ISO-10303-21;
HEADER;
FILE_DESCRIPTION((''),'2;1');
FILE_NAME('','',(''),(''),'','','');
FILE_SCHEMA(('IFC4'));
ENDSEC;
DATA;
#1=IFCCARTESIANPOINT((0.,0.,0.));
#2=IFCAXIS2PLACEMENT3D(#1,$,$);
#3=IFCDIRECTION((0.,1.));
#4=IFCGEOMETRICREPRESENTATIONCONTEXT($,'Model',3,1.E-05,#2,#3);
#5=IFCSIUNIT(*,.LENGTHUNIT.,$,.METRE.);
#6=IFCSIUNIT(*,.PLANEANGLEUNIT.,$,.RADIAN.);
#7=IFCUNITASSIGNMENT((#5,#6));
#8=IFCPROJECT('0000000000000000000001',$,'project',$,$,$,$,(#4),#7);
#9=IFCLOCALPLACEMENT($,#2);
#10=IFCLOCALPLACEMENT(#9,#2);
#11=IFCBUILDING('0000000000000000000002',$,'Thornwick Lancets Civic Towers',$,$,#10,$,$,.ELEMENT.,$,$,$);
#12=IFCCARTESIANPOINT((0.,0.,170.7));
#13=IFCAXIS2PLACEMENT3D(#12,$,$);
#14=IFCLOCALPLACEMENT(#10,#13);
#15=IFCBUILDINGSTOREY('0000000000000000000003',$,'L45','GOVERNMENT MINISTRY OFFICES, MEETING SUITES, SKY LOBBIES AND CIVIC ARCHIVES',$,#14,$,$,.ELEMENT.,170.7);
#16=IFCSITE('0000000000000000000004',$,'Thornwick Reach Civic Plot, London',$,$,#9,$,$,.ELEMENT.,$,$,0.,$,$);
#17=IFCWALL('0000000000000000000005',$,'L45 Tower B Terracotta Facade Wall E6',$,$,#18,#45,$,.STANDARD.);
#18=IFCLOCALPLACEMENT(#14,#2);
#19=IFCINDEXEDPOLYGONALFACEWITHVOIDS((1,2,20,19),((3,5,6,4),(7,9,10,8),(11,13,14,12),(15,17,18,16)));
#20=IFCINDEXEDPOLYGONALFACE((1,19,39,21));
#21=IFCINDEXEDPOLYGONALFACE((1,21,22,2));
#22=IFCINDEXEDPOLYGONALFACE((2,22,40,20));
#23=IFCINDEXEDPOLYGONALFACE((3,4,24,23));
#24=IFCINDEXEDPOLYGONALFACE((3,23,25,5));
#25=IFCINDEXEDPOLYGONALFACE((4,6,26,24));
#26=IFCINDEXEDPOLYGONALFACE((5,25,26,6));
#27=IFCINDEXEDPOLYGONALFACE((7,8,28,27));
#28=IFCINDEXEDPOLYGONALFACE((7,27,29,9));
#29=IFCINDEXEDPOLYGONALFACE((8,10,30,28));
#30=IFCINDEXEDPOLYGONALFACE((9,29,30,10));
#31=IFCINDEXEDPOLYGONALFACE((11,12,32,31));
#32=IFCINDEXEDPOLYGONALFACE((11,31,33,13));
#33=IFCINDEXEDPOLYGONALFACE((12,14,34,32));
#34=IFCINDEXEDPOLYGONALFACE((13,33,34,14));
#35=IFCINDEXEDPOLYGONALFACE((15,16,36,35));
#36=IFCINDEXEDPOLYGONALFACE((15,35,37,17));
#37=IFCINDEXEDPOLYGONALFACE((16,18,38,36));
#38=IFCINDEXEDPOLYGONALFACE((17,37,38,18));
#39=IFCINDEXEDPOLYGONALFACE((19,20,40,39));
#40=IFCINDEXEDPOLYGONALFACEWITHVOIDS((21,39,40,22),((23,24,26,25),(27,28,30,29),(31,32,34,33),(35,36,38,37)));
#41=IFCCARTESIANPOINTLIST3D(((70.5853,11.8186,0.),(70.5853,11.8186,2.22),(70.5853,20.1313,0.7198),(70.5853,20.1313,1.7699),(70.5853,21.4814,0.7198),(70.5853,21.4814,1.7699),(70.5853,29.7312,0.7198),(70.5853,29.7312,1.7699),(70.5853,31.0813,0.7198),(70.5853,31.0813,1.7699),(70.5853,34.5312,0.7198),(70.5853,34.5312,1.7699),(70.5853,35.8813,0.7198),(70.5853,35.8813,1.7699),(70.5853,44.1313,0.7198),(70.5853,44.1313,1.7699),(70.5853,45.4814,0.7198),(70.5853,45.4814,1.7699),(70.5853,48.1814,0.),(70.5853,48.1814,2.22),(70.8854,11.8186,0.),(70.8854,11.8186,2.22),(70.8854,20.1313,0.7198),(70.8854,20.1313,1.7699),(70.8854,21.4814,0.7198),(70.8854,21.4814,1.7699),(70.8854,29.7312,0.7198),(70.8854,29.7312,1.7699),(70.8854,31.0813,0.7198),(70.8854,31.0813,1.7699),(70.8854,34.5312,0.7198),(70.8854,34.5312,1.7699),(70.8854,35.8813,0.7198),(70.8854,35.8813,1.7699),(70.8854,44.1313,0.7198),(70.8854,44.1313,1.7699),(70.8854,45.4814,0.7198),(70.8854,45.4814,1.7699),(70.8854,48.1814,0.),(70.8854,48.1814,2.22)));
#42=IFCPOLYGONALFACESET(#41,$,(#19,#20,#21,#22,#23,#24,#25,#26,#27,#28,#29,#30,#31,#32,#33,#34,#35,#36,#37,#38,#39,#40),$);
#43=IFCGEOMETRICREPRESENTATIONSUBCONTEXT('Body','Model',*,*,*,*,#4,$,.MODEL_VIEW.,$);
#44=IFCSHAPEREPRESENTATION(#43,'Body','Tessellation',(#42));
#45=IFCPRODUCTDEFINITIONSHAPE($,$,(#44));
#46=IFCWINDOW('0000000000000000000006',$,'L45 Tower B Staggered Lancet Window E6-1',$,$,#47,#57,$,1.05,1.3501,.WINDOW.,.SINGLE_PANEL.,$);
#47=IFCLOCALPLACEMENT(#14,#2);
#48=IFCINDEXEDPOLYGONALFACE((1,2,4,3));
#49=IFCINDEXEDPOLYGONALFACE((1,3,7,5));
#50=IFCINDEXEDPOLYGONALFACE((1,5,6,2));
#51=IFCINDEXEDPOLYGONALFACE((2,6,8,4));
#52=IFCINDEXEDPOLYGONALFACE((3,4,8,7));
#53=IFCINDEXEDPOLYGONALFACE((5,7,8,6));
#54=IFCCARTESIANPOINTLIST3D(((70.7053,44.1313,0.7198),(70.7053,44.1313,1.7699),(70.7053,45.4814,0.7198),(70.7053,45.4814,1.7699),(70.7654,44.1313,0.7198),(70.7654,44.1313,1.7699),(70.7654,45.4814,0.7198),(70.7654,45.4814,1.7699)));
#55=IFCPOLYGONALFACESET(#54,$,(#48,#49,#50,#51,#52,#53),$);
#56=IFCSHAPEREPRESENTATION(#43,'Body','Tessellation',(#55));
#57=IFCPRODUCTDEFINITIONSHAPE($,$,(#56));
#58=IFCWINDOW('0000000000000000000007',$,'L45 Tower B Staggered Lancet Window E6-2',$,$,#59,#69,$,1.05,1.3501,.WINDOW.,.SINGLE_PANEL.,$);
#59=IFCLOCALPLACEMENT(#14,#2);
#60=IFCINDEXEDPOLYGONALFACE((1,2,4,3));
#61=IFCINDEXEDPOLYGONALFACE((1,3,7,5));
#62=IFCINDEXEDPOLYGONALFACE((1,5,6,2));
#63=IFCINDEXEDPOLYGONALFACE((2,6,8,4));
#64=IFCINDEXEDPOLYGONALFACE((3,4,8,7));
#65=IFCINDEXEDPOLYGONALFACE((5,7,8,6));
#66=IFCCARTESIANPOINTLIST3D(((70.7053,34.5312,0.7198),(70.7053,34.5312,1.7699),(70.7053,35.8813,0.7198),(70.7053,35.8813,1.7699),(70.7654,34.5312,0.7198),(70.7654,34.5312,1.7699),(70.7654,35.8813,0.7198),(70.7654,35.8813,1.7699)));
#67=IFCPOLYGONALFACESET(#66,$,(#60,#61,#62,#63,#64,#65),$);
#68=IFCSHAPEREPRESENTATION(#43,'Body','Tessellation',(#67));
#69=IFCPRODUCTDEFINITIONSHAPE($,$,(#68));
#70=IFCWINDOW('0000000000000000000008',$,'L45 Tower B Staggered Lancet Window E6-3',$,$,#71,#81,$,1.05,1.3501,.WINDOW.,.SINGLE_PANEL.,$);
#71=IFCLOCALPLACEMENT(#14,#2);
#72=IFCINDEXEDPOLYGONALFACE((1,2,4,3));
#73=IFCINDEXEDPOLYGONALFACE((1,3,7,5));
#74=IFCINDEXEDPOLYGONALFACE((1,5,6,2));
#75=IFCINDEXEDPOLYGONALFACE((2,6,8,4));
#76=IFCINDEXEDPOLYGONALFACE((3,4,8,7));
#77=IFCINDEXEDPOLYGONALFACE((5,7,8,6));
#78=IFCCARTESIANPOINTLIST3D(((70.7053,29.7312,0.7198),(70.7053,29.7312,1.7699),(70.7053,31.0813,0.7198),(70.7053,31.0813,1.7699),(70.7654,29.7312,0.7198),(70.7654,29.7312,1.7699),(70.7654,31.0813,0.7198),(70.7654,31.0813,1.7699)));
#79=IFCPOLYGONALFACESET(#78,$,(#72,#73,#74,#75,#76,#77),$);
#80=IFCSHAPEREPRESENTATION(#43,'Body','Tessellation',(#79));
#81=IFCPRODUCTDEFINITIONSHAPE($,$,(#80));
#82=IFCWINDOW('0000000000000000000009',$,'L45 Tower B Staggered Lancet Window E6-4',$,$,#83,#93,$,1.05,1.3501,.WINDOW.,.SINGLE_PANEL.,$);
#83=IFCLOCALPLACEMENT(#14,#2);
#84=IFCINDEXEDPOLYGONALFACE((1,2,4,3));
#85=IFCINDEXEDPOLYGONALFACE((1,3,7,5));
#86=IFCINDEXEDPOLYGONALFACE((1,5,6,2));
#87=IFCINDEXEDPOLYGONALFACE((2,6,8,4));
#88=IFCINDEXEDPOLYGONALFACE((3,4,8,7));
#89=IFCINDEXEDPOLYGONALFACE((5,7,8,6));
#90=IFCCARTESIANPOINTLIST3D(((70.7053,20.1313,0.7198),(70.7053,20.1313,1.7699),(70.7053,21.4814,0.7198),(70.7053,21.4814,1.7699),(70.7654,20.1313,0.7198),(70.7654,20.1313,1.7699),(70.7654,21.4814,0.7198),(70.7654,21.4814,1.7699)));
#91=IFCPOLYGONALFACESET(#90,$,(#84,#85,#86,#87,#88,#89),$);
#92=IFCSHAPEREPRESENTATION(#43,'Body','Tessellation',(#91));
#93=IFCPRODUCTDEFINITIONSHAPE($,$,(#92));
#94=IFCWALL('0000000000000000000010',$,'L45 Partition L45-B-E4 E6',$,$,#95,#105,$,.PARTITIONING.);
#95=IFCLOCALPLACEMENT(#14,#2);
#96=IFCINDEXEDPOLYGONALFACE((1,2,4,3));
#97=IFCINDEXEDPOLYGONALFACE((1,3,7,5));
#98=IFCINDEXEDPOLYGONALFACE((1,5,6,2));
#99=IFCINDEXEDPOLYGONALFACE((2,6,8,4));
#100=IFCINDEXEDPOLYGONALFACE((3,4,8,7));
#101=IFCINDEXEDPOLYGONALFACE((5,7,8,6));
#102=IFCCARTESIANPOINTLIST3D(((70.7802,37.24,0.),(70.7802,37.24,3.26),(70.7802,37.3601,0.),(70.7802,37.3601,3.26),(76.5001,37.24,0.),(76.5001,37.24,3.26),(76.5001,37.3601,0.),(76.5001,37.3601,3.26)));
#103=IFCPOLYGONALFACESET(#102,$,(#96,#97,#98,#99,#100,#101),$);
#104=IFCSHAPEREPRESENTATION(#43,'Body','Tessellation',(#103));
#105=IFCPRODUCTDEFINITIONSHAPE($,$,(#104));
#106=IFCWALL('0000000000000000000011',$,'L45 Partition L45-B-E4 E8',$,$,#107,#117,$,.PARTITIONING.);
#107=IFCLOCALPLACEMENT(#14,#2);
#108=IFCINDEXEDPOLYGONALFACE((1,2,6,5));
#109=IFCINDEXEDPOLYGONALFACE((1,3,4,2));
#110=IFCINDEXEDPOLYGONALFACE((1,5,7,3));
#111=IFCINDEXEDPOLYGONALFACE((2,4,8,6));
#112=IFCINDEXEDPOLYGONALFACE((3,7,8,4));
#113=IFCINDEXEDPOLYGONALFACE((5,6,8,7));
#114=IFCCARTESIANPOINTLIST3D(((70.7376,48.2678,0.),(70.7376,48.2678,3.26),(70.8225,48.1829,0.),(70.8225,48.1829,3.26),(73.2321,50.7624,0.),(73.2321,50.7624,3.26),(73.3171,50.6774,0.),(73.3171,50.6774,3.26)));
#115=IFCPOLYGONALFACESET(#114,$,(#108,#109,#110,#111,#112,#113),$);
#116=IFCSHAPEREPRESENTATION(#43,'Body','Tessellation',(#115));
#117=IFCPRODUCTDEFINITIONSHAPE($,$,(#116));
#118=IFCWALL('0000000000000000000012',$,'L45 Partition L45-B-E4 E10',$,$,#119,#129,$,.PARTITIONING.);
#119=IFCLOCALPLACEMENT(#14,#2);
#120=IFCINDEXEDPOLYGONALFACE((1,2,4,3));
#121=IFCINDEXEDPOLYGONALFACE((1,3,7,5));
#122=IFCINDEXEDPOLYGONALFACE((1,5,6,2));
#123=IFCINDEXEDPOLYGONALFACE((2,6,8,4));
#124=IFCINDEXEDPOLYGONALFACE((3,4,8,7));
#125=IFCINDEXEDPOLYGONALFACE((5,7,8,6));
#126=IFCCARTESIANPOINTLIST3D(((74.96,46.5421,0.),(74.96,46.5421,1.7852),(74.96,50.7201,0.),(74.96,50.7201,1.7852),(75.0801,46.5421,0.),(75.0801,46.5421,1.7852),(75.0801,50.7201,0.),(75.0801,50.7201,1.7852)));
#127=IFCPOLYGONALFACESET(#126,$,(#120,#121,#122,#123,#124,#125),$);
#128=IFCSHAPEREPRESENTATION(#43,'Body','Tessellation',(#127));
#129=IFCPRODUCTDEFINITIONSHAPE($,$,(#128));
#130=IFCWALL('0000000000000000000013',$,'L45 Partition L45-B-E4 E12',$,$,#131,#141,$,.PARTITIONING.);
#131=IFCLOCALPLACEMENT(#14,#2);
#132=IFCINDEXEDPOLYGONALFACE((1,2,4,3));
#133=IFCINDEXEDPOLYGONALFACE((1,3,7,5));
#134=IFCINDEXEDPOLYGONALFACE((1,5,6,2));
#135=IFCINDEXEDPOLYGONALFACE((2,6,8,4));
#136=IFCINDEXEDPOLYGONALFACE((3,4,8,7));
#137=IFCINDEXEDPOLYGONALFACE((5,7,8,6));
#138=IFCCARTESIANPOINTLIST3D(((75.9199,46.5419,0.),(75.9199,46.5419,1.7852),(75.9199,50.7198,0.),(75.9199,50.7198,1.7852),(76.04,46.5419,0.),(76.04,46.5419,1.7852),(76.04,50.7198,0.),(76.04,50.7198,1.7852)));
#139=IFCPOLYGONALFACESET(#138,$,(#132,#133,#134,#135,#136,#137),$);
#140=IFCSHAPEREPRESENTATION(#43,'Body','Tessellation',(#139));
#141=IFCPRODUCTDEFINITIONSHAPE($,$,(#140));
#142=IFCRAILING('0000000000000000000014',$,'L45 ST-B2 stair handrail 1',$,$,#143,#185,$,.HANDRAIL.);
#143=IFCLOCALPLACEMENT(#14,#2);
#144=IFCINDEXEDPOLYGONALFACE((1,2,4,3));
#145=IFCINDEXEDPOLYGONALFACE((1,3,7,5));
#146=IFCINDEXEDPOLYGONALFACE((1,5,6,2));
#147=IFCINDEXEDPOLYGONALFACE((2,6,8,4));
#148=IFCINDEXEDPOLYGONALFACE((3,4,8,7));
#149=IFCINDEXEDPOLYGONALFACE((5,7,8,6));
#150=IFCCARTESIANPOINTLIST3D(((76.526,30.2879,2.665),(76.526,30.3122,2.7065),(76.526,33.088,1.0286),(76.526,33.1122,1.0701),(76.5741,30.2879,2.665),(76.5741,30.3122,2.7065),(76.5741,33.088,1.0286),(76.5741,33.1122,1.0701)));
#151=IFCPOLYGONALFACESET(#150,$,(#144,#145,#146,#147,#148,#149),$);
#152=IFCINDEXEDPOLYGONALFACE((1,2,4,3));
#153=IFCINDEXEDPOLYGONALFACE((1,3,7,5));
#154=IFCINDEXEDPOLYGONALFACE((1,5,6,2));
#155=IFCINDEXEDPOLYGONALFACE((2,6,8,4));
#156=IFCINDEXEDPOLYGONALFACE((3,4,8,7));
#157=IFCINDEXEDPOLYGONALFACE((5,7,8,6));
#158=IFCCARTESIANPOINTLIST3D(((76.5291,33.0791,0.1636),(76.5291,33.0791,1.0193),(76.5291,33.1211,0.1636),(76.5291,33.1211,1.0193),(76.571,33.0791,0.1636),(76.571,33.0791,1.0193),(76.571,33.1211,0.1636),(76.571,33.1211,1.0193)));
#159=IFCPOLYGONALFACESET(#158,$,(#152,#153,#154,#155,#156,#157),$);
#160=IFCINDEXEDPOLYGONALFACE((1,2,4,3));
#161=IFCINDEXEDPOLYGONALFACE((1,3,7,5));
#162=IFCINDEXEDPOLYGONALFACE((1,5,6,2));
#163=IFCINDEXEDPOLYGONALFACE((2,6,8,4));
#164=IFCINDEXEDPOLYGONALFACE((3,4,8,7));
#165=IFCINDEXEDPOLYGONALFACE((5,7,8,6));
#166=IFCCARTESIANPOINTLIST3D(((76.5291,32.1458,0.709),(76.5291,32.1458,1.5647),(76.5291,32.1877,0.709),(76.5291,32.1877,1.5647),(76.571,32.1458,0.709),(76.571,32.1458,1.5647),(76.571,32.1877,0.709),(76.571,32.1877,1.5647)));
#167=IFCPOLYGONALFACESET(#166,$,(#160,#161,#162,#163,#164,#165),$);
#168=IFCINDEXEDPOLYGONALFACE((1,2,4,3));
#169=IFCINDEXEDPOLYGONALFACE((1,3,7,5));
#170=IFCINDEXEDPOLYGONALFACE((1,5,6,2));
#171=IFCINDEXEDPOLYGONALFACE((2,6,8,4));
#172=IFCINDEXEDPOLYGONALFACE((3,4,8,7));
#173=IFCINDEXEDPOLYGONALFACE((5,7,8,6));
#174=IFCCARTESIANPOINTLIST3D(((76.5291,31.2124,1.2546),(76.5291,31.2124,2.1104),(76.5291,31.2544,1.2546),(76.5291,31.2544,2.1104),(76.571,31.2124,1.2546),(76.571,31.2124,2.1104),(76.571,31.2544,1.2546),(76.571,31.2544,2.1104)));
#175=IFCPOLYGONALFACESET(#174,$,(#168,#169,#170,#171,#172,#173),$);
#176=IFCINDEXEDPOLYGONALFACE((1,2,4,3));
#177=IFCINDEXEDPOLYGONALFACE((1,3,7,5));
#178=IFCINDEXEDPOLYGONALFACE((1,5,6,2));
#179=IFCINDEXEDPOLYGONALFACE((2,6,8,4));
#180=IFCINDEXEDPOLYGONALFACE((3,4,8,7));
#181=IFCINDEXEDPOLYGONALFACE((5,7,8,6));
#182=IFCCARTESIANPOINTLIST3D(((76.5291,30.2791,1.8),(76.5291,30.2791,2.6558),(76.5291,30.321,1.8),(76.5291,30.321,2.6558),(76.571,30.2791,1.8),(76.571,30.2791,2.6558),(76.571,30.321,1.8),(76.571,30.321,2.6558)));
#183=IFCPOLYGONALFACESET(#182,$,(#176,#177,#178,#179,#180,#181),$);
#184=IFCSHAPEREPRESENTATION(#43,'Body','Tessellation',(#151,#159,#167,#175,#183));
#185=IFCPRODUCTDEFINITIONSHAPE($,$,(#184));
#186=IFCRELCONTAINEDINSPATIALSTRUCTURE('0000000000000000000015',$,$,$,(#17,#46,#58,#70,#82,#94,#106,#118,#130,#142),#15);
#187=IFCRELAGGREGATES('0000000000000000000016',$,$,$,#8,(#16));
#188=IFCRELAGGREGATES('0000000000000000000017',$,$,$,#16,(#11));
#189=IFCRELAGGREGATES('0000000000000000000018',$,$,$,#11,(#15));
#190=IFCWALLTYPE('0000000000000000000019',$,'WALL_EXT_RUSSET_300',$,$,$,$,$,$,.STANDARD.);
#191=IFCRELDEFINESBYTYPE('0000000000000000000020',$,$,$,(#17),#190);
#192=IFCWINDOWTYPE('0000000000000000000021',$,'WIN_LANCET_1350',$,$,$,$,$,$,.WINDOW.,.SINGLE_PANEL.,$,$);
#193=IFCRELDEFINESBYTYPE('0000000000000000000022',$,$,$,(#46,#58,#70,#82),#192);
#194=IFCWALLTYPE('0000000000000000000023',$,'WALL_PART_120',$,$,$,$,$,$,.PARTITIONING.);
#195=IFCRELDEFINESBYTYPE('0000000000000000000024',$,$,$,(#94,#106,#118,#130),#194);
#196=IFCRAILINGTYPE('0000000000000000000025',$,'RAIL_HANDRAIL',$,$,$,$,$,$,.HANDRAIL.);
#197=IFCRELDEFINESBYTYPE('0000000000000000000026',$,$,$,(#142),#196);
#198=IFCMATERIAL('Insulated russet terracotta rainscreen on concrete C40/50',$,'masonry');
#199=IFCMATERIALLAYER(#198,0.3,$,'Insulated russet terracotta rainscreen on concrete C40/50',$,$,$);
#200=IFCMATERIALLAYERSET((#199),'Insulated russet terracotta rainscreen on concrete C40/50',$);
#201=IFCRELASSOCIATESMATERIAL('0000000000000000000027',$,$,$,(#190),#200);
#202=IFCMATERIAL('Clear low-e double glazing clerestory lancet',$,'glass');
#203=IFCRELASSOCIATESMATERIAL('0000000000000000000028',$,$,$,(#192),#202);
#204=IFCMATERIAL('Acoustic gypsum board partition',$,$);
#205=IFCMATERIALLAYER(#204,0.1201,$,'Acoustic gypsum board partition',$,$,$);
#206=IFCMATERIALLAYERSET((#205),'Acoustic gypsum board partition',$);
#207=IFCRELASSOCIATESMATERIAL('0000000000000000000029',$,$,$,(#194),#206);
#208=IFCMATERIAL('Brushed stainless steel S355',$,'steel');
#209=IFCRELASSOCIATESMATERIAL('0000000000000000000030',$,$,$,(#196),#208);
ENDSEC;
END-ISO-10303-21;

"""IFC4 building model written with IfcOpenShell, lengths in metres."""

from ifc_helpers import new_model, si_unit, direction, frame, frame_2d, origin, origin_2d, place, context, subcontext, project, spatial, rectangle, extrude, material, layer, layer_set, type_object, element, fill, save


model = new_model("IFC4")

# Units and contexts
model_context = context("Model", 3, precision=1e-05, world=origin(), true_north=direction((0.0, 1.0)))
body_context = subcontext(model_context, "Body", "Model", "MODEL_VIEW")
ifc_project = project(units=[si_unit("LENGTHUNIT", "METRE"), si_unit("PLANEANGLEUNIT", "RADIAN")], contexts=[model_context])

# Site, building, storey
site_placement = place(None, origin())
site = spatial("IfcSite", under=ifc_project, at=site_placement, Name="Thornwick Reach Civic Plot, London", CompositionType="ELEMENT", RefElevation=0.0)
building_placement = place(site_placement, origin())
building = spatial("IfcBuilding", under=site, at=building_placement, Name="Thornwick Lancets Civic Towers", CompositionType="ELEMENT")
storey_placement = place(building_placement, frame((0.0, 0.0, 170.7)))
storey = spatial("IfcBuildingStorey", under=building, at=storey_placement, Name="L45", Description="GOVERNMENT MINISTRY OFFICES, MEETING SUITES, SKY LOBBIES AND CIVIC ARCHIVES", CompositionType="ELEMENT", Elevation=170.7)

# Wall, openings, windows
ifc_material_1 = material(Name="Insulated russet terracotta rainscreen on concrete C40/50", Category="masonry")
ifc_layer_1 = layer(ifc_material_1, 0.3, Name="Insulated russet terracotta rainscreen on concrete C40/50")
ifc_layer_set_1 = layer_set([ifc_layer_1], Name="Insulated russet terracotta rainscreen on concrete C40/50")
wall_type_1 = type_object("IfcWallType", Name="WALL_EXT_RUSSET_300", PredefinedType="STANDARD", material=ifc_layer_set_1)
wall_1_placement = place(storey_placement, frame((70.7354, 48.1814, 0.0), z_axis=(0.0, 0.0, 1.0), x_axis=(0.0, -1.0, 0.0)))
wall_1 = element("IfcWall", 1, at=wall_1_placement, inside=storey, type_object=wall_type_1, Name="L45 Tower B Terracotta Facade Wall E6", PredefinedType="STANDARD", context=body_context, shape_type="SweptSolid", body=[
    extrude(rectangle(XDim=36.3628, YDim=0.3, at=frame_2d((18.1814, 0.0))), origin(), (0.0, 0.0, 1.0), 2.22),
])
opening_1_placement = place(wall_1_placement, frame((2.7, 0.0, 0.72)))
opening_1 = element("IfcOpeningElement", 2, at=opening_1_placement, cuts=wall_1, PredefinedType="OPENING", context=body_context, shape_type="SweptSolid", body=[
    extrude(rectangle(XDim=1.3501, YDim=1.05, at=frame_2d((0.675, 0.5249))), frame((0.0, 0.1602, 0.0), z_axis=(0.0, -1.0, 0.0), x_axis=(1.0, 0.0, 0.0)), (0.0, 0.0, 1.0), 0.3201),
])
opening_2_placement = place(wall_1_placement, frame((12.3, 0.0, 0.72)))
opening_2 = element("IfcOpeningElement", 3, at=opening_2_placement, cuts=wall_1, PredefinedType="OPENING", context=body_context, shape_type="SweptSolid", body=[
    extrude(rectangle(XDim=1.3501, YDim=1.05, at=frame_2d((0.675, 0.5249))), frame((0.0, 0.1602, 0.0), z_axis=(0.0, -1.0, 0.0), x_axis=(1.0, 0.0, 0.0)), (0.0, 0.0, 1.0), 0.3201),
])
opening_3_placement = place(wall_1_placement, frame((17.1001, 0.0, 0.72)))
opening_3 = element("IfcOpeningElement", 4, at=opening_3_placement, cuts=wall_1, PredefinedType="OPENING", context=body_context, shape_type="SweptSolid", body=[
    extrude(rectangle(XDim=1.3501, YDim=1.05, at=frame_2d((0.675, 0.5249))), frame((0.0, 0.1602, 0.0), z_axis=(0.0, -1.0, 0.0), x_axis=(1.0, 0.0, 0.0)), (0.0, 0.0, 1.0), 0.3201),
])
opening_4_placement = place(wall_1_placement, frame((26.7, 0.0, 0.72)))
opening_4 = element("IfcOpeningElement", 5, at=opening_4_placement, cuts=wall_1, PredefinedType="OPENING", context=body_context, shape_type="SweptSolid", body=[
    extrude(rectangle(XDim=1.3501, YDim=1.05, at=frame_2d((0.675, 0.5249))), frame((0.0, 0.1602, 0.0), z_axis=(0.0, -1.0, 0.0), x_axis=(1.0, 0.0, 0.0)), (0.0, 0.0, 1.0), 0.3201),
])
ifc_material_2 = material(Name="Clear low-e double glazing clerestory lancet", Category="glass")
window_type = type_object("IfcWindowType", Name="WIN_LANCET_1350", PartitioningType="SINGLE_PANEL", PredefinedType="WINDOW", material=ifc_material_2)
window_1_placement = place(opening_1_placement, origin())
window_1 = element("IfcWindow", 6, at=window_1_placement, inside=storey, type_object=window_type, Name="L45 Tower B Staggered Lancet Window E6-1", OverallHeight=1.05, OverallWidth=1.3501, PartitioningType="SINGLE_PANEL", PredefinedType="WINDOW", context=body_context, shape_type="SweptSolid", body=[
    extrude(rectangle(XDim=1.3501, YDim=1.05, at=frame_2d((0.675, 0.5249))), frame((0.0, 0.03, 0.0), z_axis=(0.0, -1.0, 0.0), x_axis=(1.0, 0.0, 0.0)), (0.0, 0.0, 1.0), 0.0601),
])
fill(opening_1, window_1)
window_2_placement = place(opening_2_placement, origin())
window_2 = element("IfcWindow", 7, at=window_2_placement, inside=storey, type_object=window_type, Name="L45 Tower B Staggered Lancet Window E6-2", OverallHeight=1.05, OverallWidth=1.3501, PartitioningType="SINGLE_PANEL", PredefinedType="WINDOW", context=body_context, shape_type="SweptSolid", body=[
    extrude(rectangle(XDim=1.3501, YDim=1.05, at=frame_2d((0.675, 0.5249))), frame((0.0, 0.03, 0.0), z_axis=(0.0, -1.0, 0.0), x_axis=(1.0, 0.0, 0.0)), (0.0, 0.0, 1.0), 0.0601),
])
fill(opening_2, window_2)
window_3_placement = place(opening_3_placement, origin())
window_3 = element("IfcWindow", 8, at=window_3_placement, inside=storey, type_object=window_type, Name="L45 Tower B Staggered Lancet Window E6-3", OverallHeight=1.05, OverallWidth=1.3501, PartitioningType="SINGLE_PANEL", PredefinedType="WINDOW", context=body_context, shape_type="SweptSolid", body=[
    extrude(rectangle(XDim=1.3501, YDim=1.05, at=frame_2d((0.675, 0.5249))), frame((0.0, 0.03, 0.0), z_axis=(0.0, -1.0, 0.0), x_axis=(1.0, 0.0, 0.0)), (0.0, 0.0, 1.0), 0.0601),
])
fill(opening_3, window_3)
window_4_placement = place(opening_4_placement, origin())
window_4 = element("IfcWindow", 9, at=window_4_placement, inside=storey, type_object=window_type, Name="L45 Tower B Staggered Lancet Window E6-4", OverallHeight=1.05, OverallWidth=1.3501, PartitioningType="SINGLE_PANEL", PredefinedType="WINDOW", context=body_context, shape_type="SweptSolid", body=[
    extrude(rectangle(XDim=1.3501, YDim=1.05, at=frame_2d((0.675, 0.5249))), frame((0.0, 0.03, 0.0), z_axis=(0.0, -1.0, 0.0), x_axis=(1.0, 0.0, 0.0)), (0.0, 0.0, 1.0), 0.0601),
])
fill(opening_4, window_4)

# Walls
ifc_material_3 = material(Name="Acoustic gypsum board partition")
ifc_layer_2 = layer(ifc_material_3, 0.1201, Name="Acoustic gypsum board partition")
ifc_layer_set_2 = layer_set([ifc_layer_2], Name="Acoustic gypsum board partition")
wall_type_2 = type_object("IfcWallType", Name="WALL_PART_120", PredefinedType="PARTITIONING", material=ifc_layer_set_2)
wall_2_placement = place(storey_placement, frame((76.5, 37.3, 0.0), z_axis=(0.0, 0.0, 1.0), x_axis=(-1.0, 0.0, 0.0)))
element("IfcWall", 10, at=wall_2_placement, inside=storey, type_object=wall_type_2, Name="L45 Partition L45-B-E4 E6", PredefinedType="PARTITIONING", context=body_context, shape_type="SweptSolid", body=[
    extrude(rectangle(XDim=5.72, YDim=0.1201, at=frame_2d((2.8599, 0.0))), origin(), (0.0, 0.0, 1.0), 3.26),
])
wall_3_placement = place(storey_placement, frame((70.78, 48.2253, 0.0), z_axis=(0.0, 0.0, 1.0), x_axis=(0.707107, 0.707107, 0.0)))
element("IfcWall", 11, at=wall_3_placement, inside=storey, type_object=wall_type_2, Name="L45 Partition L45-B-E4 E8", PredefinedType="PARTITIONING", context=body_context, shape_type="SweptSolid", body=[
    extrude(rectangle(XDim=3.5278, YDim=0.1201, at=frame_2d((1.7639, 0.0))), origin(), (0.0, 0.0, 1.0), 3.26),
])
for number, where, z_axis, x_axis, name in (
    (12, (75.02, 50.72, 0.0), (0.0, 0.0, 1.0), (0.0, -1.0, 0.0), "L45 Partition L45-B-E4 E10"),
    (13, (75.98, 46.542, 0.0), (0.0, 0.0, 1.0), (0.0, 1.0, 0.0), "L45 Partition L45-B-E4 E12"),
):
    element("IfcWall", number, at=place(storey_placement, frame(where, z_axis=z_axis, x_axis=x_axis)), inside=storey, type_object=wall_type_2, Name=name, PredefinedType="PARTITIONING", context=body_context, shape_type="SweptSolid", body=[
        extrude(rectangle(XDim=4.178, YDim=0.1201, at=frame_2d((2.0889, 0.0))), origin(), (0.0, 0.0, 1.0), 1.7852),
    ])

# Railing
ifc_material_4 = material(Name="Brushed stainless steel S355", Category="steel")
railing_type_1 = type_object("IfcRailingType", Name="RAIL_HANDRAIL", PredefinedType="HANDRAIL", material=ifc_material_4)
railing_1_placement = place(storey_placement, frame((76.55, 33.1001, 0.1636)))
element("IfcRailing", 14, at=railing_1_placement, inside=storey, type_object=railing_type_1, Name="L45 ST-B2 stair handrail 1", PredefinedType="HANDRAIL", context=body_context, shape_type="SweptSolid", body=[
    extrude(rectangle(XDim=0.0481, YDim=0.0481, at=origin_2d()), frame((0.0, 0.0, 0.8857), z_axis=(0.0, -0.863361, 0.504587), x_axis=(1.0, 0.0, 0.0)), (0.0, 0.0, 1.0), 3.2432),
    extrude(rectangle(XDim=0.042, YDim=0.042, at=origin_2d()), origin(), (0.0, 0.0, 1.0), 0.8557),
    extrude(rectangle(XDim=0.042, YDim=0.042, at=origin_2d()), frame((0.0, -0.9333, 0.5454)), (0.0, 0.0, 1.0), 0.8557),
    extrude(rectangle(XDim=0.042, YDim=0.042, at=origin_2d()), frame((0.0, -1.8667, 1.0911)), (0.0, 0.0, 1.0), 0.8557),
    extrude(rectangle(XDim=0.042, YDim=0.042, at=origin_2d()), frame((0.0, -2.8, 1.6365)), (0.0, 0.0, 1.0), 0.8557),
])

save(model, "model.ifc")
